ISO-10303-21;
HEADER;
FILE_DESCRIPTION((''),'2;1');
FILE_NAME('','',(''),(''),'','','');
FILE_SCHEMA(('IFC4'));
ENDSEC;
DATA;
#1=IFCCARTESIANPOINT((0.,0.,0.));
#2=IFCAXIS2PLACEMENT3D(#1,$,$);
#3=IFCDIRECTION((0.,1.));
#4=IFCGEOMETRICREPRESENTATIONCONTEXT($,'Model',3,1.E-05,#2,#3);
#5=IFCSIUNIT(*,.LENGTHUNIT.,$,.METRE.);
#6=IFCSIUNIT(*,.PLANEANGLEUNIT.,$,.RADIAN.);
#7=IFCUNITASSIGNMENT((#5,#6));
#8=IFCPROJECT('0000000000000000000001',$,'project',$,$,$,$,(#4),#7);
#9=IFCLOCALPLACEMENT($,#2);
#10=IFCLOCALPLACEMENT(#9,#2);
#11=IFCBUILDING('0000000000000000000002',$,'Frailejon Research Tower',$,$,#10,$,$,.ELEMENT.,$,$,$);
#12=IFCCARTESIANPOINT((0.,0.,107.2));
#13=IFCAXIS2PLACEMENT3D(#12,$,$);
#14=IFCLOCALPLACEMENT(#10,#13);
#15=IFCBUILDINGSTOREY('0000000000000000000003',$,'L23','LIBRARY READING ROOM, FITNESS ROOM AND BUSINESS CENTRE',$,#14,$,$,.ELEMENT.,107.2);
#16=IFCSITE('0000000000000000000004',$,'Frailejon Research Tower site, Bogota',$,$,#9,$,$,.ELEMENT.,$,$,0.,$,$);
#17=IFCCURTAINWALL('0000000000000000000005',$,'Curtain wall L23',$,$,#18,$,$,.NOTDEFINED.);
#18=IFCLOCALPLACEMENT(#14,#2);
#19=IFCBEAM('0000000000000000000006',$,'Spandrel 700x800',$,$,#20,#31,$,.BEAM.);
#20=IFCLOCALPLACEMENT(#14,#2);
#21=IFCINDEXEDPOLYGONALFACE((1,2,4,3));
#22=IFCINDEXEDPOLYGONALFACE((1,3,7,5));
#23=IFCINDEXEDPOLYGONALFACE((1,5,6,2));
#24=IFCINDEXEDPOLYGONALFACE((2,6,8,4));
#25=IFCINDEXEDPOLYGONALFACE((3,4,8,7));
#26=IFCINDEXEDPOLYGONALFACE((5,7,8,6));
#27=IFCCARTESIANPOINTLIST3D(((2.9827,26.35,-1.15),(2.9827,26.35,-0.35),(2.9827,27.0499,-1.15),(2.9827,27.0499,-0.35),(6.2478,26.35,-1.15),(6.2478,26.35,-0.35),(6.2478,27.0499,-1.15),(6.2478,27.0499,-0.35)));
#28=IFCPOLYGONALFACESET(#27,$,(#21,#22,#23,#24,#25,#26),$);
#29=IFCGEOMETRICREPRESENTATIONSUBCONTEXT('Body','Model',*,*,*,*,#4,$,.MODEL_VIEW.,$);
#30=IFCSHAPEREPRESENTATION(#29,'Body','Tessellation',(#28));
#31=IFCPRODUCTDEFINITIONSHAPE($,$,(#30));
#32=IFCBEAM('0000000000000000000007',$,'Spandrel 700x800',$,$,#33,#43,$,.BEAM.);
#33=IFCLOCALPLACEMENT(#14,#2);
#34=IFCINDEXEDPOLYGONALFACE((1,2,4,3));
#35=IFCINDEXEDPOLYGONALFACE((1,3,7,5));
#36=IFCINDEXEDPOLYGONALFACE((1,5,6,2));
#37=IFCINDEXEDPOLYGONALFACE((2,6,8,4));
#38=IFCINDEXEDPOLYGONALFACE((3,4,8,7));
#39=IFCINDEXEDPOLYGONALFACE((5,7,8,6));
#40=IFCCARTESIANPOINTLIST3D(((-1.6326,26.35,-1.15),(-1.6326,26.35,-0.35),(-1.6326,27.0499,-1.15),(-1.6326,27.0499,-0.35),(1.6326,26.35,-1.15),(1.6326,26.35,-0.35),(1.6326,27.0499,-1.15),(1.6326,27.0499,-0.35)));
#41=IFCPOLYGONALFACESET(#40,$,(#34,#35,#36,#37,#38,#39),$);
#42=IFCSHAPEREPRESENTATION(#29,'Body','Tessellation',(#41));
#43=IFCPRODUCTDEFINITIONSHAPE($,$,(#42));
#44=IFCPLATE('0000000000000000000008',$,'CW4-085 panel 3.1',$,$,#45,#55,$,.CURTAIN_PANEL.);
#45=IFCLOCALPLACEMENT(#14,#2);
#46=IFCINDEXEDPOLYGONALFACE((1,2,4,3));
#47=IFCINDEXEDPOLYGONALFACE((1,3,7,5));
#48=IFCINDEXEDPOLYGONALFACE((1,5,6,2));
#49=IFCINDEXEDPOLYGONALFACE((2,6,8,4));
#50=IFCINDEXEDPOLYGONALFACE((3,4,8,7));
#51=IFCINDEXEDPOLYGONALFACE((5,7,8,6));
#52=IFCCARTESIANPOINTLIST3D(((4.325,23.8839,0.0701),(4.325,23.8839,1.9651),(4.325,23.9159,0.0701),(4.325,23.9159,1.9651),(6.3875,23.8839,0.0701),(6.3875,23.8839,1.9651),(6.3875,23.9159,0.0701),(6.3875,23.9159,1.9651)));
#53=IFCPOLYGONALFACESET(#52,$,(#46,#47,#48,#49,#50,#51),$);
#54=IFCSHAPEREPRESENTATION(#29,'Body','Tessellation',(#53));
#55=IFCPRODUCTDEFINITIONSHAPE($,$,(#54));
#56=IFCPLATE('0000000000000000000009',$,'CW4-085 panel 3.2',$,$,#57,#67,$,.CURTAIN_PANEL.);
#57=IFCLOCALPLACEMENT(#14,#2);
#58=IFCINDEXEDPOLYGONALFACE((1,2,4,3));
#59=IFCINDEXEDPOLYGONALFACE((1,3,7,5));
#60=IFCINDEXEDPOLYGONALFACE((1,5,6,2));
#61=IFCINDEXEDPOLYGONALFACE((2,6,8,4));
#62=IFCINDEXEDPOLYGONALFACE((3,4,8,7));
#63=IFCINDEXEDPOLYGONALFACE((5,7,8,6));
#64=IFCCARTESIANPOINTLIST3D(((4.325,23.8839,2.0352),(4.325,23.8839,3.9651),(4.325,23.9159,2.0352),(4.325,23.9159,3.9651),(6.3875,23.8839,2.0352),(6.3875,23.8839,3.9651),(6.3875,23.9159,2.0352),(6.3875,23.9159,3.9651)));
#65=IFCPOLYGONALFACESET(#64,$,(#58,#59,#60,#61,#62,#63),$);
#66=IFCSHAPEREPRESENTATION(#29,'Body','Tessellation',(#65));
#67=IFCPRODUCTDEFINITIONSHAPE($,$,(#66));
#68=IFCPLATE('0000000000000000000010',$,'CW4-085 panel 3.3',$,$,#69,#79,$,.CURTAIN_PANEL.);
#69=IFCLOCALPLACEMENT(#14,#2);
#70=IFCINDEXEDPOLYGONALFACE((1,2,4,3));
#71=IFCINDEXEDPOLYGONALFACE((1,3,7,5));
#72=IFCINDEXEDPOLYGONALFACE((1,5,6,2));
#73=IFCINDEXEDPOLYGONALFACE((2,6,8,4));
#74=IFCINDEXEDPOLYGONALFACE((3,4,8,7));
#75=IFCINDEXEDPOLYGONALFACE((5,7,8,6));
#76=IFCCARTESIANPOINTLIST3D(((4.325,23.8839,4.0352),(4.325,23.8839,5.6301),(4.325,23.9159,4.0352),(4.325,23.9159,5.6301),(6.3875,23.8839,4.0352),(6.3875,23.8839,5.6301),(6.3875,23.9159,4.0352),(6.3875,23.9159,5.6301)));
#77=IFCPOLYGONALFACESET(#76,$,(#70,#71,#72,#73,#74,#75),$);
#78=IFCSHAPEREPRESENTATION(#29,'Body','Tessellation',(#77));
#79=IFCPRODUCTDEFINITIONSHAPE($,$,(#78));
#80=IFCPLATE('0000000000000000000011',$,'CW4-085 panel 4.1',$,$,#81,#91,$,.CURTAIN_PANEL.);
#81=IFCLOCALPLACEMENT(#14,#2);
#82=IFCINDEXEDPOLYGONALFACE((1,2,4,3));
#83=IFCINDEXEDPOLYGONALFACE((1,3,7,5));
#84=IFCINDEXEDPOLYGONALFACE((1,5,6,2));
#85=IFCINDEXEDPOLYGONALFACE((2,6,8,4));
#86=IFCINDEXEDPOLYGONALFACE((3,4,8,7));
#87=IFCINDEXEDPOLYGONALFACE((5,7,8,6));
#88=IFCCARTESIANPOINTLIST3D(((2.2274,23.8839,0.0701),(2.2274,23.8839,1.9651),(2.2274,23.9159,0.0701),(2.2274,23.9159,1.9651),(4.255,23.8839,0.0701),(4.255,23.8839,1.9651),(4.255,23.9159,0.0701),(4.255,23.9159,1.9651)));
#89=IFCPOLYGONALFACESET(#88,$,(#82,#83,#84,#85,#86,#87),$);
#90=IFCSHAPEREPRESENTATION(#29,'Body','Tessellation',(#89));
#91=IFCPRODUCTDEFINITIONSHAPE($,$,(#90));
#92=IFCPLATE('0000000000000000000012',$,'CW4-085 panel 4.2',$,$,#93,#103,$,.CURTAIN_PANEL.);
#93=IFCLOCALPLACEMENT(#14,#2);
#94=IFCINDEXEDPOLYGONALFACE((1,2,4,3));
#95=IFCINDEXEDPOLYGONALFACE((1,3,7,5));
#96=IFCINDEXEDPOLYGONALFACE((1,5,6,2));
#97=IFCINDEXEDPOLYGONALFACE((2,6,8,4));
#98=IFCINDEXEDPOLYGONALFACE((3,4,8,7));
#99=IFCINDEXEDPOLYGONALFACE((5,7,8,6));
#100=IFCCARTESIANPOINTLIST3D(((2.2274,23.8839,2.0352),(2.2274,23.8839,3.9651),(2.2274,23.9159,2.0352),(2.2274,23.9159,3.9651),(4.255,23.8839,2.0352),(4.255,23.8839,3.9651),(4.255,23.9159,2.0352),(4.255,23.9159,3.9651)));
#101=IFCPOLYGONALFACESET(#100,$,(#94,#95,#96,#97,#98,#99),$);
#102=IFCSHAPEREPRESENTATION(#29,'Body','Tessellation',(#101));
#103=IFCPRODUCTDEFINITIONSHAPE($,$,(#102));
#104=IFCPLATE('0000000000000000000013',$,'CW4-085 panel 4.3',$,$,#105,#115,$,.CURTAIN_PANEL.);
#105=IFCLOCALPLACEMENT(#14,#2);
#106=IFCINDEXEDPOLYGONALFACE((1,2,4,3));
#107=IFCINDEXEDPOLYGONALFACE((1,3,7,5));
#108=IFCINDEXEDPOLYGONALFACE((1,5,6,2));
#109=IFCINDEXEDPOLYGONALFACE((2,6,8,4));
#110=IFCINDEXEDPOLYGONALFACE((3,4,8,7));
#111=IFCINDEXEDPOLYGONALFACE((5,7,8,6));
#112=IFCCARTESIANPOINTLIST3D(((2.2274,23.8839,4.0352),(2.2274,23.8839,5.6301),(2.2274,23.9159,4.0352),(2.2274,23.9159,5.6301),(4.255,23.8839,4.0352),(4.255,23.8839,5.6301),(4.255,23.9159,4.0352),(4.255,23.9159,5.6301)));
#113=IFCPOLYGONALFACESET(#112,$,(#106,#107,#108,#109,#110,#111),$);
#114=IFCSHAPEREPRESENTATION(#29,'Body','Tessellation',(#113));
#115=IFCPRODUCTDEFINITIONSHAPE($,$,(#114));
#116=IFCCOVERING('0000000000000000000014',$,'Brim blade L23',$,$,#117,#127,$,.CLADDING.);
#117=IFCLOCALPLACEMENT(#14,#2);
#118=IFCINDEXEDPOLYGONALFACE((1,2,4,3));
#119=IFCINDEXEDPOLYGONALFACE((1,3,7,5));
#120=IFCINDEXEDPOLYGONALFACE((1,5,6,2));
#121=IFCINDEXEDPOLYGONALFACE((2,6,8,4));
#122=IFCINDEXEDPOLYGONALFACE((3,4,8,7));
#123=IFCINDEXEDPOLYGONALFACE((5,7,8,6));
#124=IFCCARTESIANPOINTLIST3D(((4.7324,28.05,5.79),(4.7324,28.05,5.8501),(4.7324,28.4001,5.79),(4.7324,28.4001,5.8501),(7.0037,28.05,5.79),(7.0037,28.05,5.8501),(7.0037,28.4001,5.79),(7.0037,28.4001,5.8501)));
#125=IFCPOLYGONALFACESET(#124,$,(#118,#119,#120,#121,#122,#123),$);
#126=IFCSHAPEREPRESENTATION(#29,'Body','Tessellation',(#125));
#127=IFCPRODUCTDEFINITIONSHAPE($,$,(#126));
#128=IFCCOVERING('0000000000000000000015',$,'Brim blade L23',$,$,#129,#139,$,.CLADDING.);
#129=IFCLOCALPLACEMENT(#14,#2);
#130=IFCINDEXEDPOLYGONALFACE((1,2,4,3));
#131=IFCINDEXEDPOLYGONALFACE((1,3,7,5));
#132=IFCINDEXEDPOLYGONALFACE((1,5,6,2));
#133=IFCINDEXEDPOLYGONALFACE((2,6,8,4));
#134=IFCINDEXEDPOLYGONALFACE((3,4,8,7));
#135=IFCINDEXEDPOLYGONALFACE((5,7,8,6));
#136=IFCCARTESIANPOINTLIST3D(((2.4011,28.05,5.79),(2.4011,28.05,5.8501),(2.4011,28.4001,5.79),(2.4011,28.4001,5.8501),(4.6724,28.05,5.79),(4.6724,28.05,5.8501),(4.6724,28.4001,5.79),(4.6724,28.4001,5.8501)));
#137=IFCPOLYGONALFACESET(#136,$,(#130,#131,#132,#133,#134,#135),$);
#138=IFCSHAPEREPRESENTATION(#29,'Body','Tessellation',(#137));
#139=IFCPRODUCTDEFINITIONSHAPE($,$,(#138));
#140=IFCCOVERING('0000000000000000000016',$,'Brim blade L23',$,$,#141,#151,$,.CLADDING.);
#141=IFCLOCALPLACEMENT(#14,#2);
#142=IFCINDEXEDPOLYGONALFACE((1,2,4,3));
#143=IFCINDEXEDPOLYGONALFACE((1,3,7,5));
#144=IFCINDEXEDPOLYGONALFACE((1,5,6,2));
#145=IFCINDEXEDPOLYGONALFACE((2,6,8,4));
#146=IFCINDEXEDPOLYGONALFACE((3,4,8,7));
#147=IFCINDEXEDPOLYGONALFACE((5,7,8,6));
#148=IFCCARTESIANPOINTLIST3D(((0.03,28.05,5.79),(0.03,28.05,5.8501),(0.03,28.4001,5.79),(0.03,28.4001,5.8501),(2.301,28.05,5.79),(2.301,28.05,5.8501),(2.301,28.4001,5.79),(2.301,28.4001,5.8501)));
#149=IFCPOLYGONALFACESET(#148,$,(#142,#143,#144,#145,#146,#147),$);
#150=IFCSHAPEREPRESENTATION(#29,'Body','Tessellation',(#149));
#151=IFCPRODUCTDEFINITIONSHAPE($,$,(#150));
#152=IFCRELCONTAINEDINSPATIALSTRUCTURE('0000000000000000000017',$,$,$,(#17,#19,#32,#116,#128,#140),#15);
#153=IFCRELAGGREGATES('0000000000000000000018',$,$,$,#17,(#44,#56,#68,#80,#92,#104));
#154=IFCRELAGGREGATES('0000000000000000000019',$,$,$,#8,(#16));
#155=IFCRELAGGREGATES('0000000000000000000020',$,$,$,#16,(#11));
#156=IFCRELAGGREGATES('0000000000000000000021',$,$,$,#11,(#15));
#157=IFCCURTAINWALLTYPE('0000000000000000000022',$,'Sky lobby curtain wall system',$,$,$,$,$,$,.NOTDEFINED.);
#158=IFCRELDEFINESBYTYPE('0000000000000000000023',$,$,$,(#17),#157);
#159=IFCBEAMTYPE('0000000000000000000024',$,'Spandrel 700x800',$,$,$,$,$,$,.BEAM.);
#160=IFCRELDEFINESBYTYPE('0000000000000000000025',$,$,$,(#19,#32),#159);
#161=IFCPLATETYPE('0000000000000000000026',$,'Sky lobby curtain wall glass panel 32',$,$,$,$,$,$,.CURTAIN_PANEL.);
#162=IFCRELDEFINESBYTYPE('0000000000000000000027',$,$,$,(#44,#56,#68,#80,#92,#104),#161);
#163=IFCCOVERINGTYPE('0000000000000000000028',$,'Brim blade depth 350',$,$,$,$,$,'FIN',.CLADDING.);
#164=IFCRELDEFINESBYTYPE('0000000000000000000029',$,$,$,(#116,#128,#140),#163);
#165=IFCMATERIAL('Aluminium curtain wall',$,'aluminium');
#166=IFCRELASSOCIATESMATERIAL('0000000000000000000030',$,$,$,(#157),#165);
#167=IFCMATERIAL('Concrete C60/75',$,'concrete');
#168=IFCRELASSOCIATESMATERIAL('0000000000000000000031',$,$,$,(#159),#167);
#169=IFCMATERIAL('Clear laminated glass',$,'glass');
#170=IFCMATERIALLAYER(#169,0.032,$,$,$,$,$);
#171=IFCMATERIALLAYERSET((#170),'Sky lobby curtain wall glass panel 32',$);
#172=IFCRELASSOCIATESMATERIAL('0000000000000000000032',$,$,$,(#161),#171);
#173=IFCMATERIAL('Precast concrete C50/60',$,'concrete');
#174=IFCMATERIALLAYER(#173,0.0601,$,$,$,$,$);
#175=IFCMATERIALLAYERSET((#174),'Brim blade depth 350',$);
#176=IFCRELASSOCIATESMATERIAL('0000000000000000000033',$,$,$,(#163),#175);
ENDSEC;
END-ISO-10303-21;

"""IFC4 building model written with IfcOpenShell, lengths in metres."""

from ifc_helpers import new_model, si_unit, direction, frame, origin, origin_2d, place, context, subcontext, project, spatial, polyline, rectangle, outline, extrude, material, layer, layer_set, material_profile, profile_set, type_object, element, aggregate, save


model = new_model("IFC4")

# Units and contexts
model_context = context("Model", 3, precision=1e-05, world=origin(), true_north=direction((0.0, 1.0)))
body_context = subcontext(model_context, "Body", "Model", "MODEL_VIEW")
ifc_project = project(units=[si_unit("LENGTHUNIT", "METRE"), si_unit("PLANEANGLEUNIT", "RADIAN")], contexts=[model_context])

# Site, building, storey
site_placement = place(None, origin())
site = spatial("IfcSite", under=ifc_project, at=site_placement, Name="Frailejon Research Tower site, Bogota", CompositionType="ELEMENT", RefElevation=0.0)
building_placement = place(site_placement, origin())
building = spatial("IfcBuilding", under=site, at=building_placement, Name="Frailejon Research Tower", CompositionType="ELEMENT")
storey_placement = place(building_placement, frame((0.0, 0.0, 107.2)))
storey = spatial("IfcBuildingStorey", under=building, at=storey_placement, Name="L23", Description="LIBRARY READING ROOM, FITNESS ROOM AND BUSINESS CENTRE", CompositionType="ELEMENT", Elevation=107.2)

# Curtain wall
ifc_material_1 = material(Name="Aluminium curtain wall", Category="aluminium")
curtain_wall_type = type_object("IfcCurtainWallType", Name="Sky lobby curtain wall system", PredefinedType="NOTDEFINED", material=ifc_material_1)
curtain_wall_placement = place(storey_placement, origin())
curtain_wall = element("IfcCurtainWall", 1, at=curtain_wall_placement, inside=storey, type_object=curtain_wall_type, Name="Curtain wall L23", PredefinedType="NOTDEFINED")

# Beams
ifc_material_2 = material(Name="Concrete C60/75", Category="concrete")
ifc_material_profile_1 = material_profile(ifc_material_2, rectangle(XDim=0.7, YDim=0.8, at=origin_2d()), Name="Spandrel 700x800")
ifc_profile_set_1 = profile_set([ifc_material_profile_1], Name="Concrete C60/75")
beam_type_1 = type_object("IfcBeamType", Name="Spandrel 700x800", PredefinedType="BEAM", material=ifc_profile_set_1)
for number, where, z_axis, x_axis, name in (
    (2, (6.2478, 26.7, -0.75), (-1.0, 0.0, 0.0), (0.0, -1.0, 0.0), "Spandrel 700x800"),
    (3, (1.6326, 26.7, -0.75), (-1.0, 0.0, 0.0), (0.0, -1.0, 0.0), "Spandrel 700x800"),
):
    element("IfcBeam", number, at=place(storey_placement, frame(where, z_axis=z_axis, x_axis=x_axis)), inside=storey, type_object=beam_type_1, Name=name, PredefinedType="BEAM", context=body_context, shape_type="SweptSolid", body=[
        extrude(rectangle(XDim=0.7, YDim=0.8, at=origin_2d()), origin(), (0.0, 0.0, 1.0), 3.2651),
    ])

# Plates
ifc_material_3 = material(Name="Clear laminated glass", Category="glass")
ifc_layer_1 = layer(ifc_material_3, 0.032)
ifc_layer_set_1 = layer_set([ifc_layer_1], Name="Sky lobby curtain wall glass panel 32")
plate_type = type_object("IfcPlateType", Name="Sky lobby curtain wall glass panel 32", PredefinedType="CURTAIN_PANEL", material=ifc_layer_set_1)
plate_1_placement = place(storey_placement, frame((5.3562, 23.8999, 0.0701), z_axis=(0.0, 0.0, 1.0), x_axis=(-1.0, 0.0, 0.0)))
plate_1 = element("IfcPlate", 4, at=plate_1_placement, type_object=plate_type, Name="CW4-085 panel 3.1", PredefinedType="CURTAIN_PANEL", context=body_context, shape_type="SweptSolid", body=[
    extrude(rectangle(XDim=2.0625, YDim=0.032, at=origin_2d()), origin(), (0.0, 0.0, 1.0), 1.895),
])
plate_2_placement = place(storey_placement, frame((5.3562, 23.8999, 2.0352), z_axis=(0.0, 0.0, 1.0), x_axis=(-1.0, 0.0, 0.0)))
plate_2 = element("IfcPlate", 5, at=plate_2_placement, type_object=plate_type, Name="CW4-085 panel 3.2", PredefinedType="CURTAIN_PANEL", context=body_context, shape_type="SweptSolid", body=[
    extrude(rectangle(XDim=2.0625, YDim=0.032, at=origin_2d()), origin(), (0.0, 0.0, 1.0), 1.9299),
])
plate_3_placement = place(storey_placement, frame((5.3562, 23.8999, 4.0352), z_axis=(0.0, 0.0, 1.0), x_axis=(-1.0, 0.0, 0.0)))
plate_3 = element("IfcPlate", 6, at=plate_3_placement, type_object=plate_type, Name="CW4-085 panel 3.3", PredefinedType="CURTAIN_PANEL", context=body_context, shape_type="SweptSolid", body=[
    extrude(rectangle(XDim=2.0625, YDim=0.032, at=origin_2d()), origin(), (0.0, 0.0, 1.0), 1.595),
])
plate_4_placement = place(storey_placement, frame((3.2412, 23.8999, 0.0701), z_axis=(0.0, 0.0, 1.0), x_axis=(-1.0, 0.0, 0.0)))
plate_4 = element("IfcPlate", 7, at=plate_4_placement, type_object=plate_type, Name="CW4-085 panel 4.1", PredefinedType="CURTAIN_PANEL", context=body_context, shape_type="SweptSolid", body=[
    extrude(rectangle(XDim=2.0276, YDim=0.032, at=origin_2d()), origin(), (0.0, 0.0, 1.0), 1.895),
])
plate_5_placement = place(storey_placement, frame((3.2412, 23.8999, 2.0352), z_axis=(0.0, 0.0, 1.0), x_axis=(-1.0, 0.0, 0.0)))
plate_5 = element("IfcPlate", 8, at=plate_5_placement, type_object=plate_type, Name="CW4-085 panel 4.2", PredefinedType="CURTAIN_PANEL", context=body_context, shape_type="SweptSolid", body=[
    extrude(rectangle(XDim=2.0276, YDim=0.032, at=origin_2d()), origin(), (0.0, 0.0, 1.0), 1.9299),
])
plate_6_placement = place(storey_placement, frame((3.2412, 23.8999, 4.0352), z_axis=(0.0, 0.0, 1.0), x_axis=(-1.0, 0.0, 0.0)))
plate_6 = element("IfcPlate", 9, at=plate_6_placement, type_object=plate_type, Name="CW4-085 panel 4.3", PredefinedType="CURTAIN_PANEL", context=body_context, shape_type="SweptSolid", body=[
    extrude(rectangle(XDim=2.0276, YDim=0.032, at=origin_2d()), origin(), (0.0, 0.0, 1.0), 1.595),
])
aggregate(curtain_wall, [plate_1, plate_2, plate_3, plate_4, plate_5, plate_6])

# Coverings
ifc_material_4 = material(Name="Precast concrete C50/60", Category="concrete")
ifc_layer_2 = layer(ifc_material_4, 0.0601)
ifc_layer_set_2 = layer_set([ifc_layer_2], Name="Brim blade depth 350")
covering_type = type_object("IfcCoveringType", Name="Brim blade depth 350", ElementType="FIN", PredefinedType="CLADDING", material=ifc_layer_set_2)
for number, where, z_axis, x_axis, name in (
    (10, (4.7324, 28.05, 5.8501), (1.0, 0.0, 0.0), (0.0, 1.0, 0.0), "Brim blade L23"),
    (11, (2.4011, 28.05, 5.8501), (1.0, 0.0, 0.0), (0.0, 1.0, 0.0), "Brim blade L23"),
):
    element("IfcCovering", number, at=place(storey_placement, frame(where, z_axis=z_axis, x_axis=x_axis)), inside=storey, type_object=covering_type, Name=name, PredefinedType="CLADDING", context=body_context, shape_type="SweptSolid", body=[
        extrude(outline(polyline([(0.0, -0.0601), (0.3501, -0.0601), (0.3501, 0.0), (0.0, 0.0), (0.0, -0.0601)])), origin(), (0.0, 0.0, 1.0), 2.2712),
    ])
covering_placement = place(storey_placement, frame((0.03, 28.05, 5.8501), z_axis=(1.0, 0.0, 0.0), x_axis=(0.0, 1.0, 0.0)))
element("IfcCovering", 12, at=covering_placement, inside=storey, type_object=covering_type, Name="Brim blade L23", PredefinedType="CLADDING", context=body_context, shape_type="SweptSolid", body=[
    extrude(outline(polyline([(0.0, -0.0601), (0.3501, -0.0601), (0.3501, 0.0), (0.0, 0.0), (0.0, -0.0601)])), origin(), (0.0, 0.0, 1.0), 2.271),
])

save(model, "model.ifc")
